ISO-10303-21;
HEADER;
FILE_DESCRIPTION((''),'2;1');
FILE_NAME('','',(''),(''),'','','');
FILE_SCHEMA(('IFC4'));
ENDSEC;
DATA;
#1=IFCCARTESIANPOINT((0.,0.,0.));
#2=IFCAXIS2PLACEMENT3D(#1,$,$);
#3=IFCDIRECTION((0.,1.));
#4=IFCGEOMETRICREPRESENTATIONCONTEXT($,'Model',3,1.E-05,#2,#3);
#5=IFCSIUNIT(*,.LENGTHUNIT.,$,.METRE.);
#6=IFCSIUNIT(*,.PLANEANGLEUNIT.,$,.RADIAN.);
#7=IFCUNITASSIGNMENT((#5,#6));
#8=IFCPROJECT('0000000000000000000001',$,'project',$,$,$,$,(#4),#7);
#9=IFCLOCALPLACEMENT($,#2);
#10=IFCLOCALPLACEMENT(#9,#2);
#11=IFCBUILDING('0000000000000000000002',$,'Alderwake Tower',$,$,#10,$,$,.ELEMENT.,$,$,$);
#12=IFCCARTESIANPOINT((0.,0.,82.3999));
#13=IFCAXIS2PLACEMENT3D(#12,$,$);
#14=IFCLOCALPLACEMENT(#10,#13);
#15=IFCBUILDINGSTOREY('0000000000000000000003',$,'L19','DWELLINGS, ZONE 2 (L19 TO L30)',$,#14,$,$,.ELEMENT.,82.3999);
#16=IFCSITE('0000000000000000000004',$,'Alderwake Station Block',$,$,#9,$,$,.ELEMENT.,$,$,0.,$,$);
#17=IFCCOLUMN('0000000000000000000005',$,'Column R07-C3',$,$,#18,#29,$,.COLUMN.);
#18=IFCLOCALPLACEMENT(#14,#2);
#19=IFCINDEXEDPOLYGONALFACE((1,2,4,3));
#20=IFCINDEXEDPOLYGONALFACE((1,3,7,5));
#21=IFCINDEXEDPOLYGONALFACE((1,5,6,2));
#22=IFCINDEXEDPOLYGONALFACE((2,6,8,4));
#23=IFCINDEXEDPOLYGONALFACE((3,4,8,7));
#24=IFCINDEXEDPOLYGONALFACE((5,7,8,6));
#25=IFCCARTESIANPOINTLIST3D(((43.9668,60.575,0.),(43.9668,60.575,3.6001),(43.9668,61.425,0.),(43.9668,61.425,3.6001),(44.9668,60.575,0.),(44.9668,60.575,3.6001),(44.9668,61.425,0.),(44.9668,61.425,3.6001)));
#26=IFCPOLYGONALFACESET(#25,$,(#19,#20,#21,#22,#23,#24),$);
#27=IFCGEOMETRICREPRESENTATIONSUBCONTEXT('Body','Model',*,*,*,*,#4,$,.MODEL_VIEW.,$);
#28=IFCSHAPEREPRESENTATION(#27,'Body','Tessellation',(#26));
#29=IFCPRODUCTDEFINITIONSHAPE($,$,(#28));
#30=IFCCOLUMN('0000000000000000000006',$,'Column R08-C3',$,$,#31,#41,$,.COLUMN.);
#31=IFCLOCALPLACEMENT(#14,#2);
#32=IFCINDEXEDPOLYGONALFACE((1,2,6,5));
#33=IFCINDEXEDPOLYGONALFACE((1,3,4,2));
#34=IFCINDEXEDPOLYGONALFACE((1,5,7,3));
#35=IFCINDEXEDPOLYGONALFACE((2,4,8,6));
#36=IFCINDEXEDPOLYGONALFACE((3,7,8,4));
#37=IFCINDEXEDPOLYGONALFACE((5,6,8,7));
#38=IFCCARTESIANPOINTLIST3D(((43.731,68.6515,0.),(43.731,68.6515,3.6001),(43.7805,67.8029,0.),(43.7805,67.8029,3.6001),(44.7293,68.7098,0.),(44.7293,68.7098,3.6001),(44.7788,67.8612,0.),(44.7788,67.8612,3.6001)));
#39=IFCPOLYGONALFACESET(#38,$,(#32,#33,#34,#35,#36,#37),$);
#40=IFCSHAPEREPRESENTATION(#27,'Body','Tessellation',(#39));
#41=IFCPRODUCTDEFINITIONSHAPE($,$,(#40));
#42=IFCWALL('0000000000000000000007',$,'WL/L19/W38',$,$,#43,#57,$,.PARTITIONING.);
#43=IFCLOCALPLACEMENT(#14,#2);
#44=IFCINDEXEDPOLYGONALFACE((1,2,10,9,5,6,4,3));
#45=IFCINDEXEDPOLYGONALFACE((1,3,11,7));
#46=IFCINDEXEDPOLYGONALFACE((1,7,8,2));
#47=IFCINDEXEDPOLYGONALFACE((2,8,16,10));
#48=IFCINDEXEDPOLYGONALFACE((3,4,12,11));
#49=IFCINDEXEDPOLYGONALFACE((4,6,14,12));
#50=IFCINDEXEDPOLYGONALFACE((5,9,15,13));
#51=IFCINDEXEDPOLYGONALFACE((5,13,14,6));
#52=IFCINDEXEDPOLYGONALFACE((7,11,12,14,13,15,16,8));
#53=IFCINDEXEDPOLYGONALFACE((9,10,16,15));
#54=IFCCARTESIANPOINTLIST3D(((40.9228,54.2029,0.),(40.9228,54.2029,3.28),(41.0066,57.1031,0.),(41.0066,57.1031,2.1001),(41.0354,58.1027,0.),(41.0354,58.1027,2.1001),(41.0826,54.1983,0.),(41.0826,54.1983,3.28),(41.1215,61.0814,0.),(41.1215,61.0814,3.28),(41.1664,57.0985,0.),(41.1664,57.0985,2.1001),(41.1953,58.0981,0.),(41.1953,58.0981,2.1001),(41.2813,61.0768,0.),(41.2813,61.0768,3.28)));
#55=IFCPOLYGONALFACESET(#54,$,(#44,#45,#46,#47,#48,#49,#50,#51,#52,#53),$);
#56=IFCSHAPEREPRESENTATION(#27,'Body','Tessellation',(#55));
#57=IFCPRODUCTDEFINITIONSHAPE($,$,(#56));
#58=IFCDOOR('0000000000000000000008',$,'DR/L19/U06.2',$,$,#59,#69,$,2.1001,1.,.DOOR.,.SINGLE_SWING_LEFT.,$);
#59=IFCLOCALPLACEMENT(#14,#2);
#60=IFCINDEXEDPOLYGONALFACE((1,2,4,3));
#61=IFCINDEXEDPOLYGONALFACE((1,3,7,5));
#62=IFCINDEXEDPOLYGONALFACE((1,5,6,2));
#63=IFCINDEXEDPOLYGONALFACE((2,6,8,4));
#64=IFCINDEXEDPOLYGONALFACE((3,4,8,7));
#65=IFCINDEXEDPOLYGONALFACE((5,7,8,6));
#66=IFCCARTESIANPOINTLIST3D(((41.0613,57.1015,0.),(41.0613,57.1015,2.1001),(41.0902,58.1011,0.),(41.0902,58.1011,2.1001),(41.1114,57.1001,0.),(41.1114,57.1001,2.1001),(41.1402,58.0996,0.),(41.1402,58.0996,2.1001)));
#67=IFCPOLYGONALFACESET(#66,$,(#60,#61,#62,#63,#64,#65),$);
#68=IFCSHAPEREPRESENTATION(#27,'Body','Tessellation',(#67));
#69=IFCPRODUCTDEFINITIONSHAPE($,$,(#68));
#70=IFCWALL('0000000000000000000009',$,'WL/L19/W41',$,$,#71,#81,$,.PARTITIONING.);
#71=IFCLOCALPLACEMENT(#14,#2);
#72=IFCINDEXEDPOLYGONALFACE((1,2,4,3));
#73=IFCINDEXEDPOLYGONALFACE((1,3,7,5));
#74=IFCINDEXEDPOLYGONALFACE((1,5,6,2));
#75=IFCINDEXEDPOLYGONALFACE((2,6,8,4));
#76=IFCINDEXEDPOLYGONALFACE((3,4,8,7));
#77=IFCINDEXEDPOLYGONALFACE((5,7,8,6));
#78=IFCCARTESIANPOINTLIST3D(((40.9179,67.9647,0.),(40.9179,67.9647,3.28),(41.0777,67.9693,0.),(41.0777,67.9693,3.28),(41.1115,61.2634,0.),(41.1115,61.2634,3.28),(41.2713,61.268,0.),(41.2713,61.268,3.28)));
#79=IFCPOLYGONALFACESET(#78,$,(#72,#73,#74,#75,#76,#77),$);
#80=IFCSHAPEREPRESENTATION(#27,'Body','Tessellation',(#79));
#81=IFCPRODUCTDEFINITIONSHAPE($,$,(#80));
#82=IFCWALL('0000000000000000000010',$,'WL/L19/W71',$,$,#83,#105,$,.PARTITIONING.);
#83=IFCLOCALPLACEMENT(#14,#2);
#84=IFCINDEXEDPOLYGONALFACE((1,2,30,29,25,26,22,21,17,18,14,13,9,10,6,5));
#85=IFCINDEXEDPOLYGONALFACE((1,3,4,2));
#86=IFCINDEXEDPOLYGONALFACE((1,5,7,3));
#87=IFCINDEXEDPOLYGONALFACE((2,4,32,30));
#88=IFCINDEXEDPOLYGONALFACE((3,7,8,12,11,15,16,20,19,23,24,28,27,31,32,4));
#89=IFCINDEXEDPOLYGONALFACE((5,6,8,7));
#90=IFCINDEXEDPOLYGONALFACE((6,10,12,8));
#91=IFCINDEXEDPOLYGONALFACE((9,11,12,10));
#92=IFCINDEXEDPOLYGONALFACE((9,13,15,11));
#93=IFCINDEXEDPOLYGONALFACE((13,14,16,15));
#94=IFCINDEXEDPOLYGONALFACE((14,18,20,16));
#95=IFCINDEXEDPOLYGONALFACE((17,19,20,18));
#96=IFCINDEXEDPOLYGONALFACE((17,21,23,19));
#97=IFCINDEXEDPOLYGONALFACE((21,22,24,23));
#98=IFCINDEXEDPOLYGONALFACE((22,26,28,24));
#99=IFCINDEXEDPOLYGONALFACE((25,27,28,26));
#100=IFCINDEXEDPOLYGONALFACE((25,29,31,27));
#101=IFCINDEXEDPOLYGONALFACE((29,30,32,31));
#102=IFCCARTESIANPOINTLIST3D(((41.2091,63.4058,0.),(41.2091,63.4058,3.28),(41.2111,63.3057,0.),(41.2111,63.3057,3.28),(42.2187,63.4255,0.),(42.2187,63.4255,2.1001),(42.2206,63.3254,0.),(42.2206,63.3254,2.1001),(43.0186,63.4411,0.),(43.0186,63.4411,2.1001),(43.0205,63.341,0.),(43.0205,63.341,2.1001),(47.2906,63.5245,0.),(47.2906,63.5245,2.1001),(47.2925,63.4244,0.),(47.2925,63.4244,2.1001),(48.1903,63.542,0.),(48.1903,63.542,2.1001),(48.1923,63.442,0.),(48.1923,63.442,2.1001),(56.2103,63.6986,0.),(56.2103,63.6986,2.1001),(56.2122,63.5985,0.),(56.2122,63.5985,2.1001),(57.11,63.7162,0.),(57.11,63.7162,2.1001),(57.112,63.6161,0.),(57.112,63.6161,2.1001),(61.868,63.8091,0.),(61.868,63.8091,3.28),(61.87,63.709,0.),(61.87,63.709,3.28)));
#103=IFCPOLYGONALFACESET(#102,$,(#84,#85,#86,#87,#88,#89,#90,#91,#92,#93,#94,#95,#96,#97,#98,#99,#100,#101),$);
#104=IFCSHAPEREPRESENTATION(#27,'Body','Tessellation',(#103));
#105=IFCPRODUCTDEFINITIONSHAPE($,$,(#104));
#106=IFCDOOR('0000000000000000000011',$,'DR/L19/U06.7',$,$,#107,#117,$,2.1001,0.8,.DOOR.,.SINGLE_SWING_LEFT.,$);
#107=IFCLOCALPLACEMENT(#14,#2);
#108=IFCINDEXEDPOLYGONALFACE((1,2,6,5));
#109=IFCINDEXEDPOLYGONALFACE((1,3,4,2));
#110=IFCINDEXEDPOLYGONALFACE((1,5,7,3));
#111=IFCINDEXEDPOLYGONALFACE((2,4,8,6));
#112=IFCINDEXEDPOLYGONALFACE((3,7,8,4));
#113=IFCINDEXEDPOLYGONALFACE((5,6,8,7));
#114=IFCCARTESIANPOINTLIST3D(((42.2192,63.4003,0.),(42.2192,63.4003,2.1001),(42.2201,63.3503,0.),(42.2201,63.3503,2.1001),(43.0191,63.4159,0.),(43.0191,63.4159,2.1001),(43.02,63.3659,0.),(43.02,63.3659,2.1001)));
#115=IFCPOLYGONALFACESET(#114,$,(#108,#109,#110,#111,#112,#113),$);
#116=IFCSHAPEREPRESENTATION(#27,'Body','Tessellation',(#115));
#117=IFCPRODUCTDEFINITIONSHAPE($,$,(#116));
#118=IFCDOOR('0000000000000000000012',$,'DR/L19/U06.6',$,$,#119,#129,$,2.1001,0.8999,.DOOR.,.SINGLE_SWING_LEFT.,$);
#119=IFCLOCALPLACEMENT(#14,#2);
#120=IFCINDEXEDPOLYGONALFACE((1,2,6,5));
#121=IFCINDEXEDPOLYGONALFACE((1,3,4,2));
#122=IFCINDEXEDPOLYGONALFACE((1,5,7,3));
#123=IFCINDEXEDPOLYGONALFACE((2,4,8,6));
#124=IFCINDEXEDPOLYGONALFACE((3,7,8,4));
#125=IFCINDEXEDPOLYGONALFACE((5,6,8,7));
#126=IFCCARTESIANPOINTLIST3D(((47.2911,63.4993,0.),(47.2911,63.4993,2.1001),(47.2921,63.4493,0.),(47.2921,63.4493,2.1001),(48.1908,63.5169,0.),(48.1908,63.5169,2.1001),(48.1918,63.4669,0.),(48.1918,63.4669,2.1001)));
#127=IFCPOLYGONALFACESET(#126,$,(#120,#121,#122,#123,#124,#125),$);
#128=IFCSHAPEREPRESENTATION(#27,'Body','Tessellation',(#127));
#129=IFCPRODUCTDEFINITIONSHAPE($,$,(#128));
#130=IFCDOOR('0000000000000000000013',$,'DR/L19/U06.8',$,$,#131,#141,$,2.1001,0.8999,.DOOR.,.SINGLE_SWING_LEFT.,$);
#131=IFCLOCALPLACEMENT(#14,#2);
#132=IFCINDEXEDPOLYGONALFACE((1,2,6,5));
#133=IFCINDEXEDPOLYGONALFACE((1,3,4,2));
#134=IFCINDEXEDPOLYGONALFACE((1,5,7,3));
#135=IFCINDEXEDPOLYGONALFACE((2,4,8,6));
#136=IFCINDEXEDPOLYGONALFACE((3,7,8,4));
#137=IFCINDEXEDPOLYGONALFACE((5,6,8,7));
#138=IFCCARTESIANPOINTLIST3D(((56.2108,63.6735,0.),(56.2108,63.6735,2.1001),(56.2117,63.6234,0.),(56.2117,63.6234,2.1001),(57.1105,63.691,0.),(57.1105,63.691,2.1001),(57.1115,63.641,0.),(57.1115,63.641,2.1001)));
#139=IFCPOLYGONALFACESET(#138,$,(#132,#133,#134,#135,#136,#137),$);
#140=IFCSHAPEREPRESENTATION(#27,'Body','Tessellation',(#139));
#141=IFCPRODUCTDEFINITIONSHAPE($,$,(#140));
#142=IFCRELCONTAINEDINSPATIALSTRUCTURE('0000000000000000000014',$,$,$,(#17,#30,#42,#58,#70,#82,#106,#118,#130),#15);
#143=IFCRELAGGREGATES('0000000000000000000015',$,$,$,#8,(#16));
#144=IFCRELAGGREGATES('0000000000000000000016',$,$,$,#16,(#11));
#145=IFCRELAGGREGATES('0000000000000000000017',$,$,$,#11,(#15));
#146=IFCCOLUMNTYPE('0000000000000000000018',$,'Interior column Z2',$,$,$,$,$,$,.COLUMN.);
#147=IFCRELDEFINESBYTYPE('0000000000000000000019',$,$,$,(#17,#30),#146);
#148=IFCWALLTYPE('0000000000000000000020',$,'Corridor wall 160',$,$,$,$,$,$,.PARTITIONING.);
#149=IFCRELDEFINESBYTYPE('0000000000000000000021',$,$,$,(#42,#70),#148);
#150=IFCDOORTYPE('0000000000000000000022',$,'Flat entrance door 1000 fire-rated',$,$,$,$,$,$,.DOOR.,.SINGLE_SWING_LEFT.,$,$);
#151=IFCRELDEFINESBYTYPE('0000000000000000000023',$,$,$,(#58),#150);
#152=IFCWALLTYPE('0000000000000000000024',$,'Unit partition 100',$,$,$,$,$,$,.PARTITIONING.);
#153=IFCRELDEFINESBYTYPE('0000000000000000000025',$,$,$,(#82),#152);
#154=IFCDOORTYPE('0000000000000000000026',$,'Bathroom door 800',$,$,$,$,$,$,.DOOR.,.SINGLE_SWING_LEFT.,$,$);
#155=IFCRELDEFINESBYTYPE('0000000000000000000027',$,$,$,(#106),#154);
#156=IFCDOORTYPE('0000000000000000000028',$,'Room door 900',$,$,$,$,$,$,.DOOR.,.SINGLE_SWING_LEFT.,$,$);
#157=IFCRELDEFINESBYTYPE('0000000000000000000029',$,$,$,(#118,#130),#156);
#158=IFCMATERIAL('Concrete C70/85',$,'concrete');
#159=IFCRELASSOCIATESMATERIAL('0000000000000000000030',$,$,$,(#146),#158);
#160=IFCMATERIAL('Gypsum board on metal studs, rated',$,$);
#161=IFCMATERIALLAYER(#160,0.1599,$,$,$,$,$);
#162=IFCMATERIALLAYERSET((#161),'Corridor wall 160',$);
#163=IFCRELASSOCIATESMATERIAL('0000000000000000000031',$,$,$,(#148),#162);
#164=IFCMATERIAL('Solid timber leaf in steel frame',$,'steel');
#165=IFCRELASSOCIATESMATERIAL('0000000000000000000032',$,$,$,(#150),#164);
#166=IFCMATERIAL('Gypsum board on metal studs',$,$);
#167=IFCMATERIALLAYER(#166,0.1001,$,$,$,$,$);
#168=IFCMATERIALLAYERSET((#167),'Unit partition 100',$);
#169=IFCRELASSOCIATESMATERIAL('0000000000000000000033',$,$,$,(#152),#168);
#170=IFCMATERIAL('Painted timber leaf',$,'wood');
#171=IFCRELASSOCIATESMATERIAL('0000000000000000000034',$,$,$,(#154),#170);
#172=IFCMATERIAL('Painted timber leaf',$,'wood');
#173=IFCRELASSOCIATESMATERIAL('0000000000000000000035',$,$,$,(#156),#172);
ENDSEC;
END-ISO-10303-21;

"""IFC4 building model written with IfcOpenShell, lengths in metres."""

from ifc_helpers import new_model, si_unit, direction, frame, frame_2d, origin, origin_2d, place, context, subcontext, project, spatial, rectangle, extrude, material, layer, layer_set, material_profile, profile_set, type_object, element, fill, save


model = new_model("IFC4")

# Units and contexts
model_context = context("Model", 3, precision=1e-05, world=origin(), true_north=direction((0.0, 1.0)))
body_context = subcontext(model_context, "Body", "Model", "MODEL_VIEW")
ifc_project = project(units=[si_unit("LENGTHUNIT", "METRE"), si_unit("PLANEANGLEUNIT", "RADIAN")], contexts=[model_context])

# Site, building, storey
site_placement = place(None, origin())
site = spatial("IfcSite", under=ifc_project, at=site_placement, Name="Alderwake Station Block", CompositionType="ELEMENT", RefElevation=0.0)
building_placement = place(site_placement, origin())
building = spatial("IfcBuilding", under=site, at=building_placement, Name="Alderwake Tower", CompositionType="ELEMENT")
storey_placement = place(building_placement, frame((0.0, 0.0, 82.3999)))
storey = spatial("IfcBuildingStorey", under=building, at=storey_placement, Name="L19", Description="DWELLINGS, ZONE 2 (L19 TO L30)", CompositionType="ELEMENT", Elevation=82.3999)

# Columns
ifc_material_1 = material(Name="Concrete C70/85", Category="concrete")
ifc_material_profile = material_profile(ifc_material_1, rectangle(XDim=0.8501, YDim=1.0, at=origin_2d()), Name="RC 1000X850")
ifc_profile_set = profile_set([ifc_material_profile], Name="Concrete C70/85")
column_type = type_object("IfcColumnType", Name="Interior column Z2", PredefinedType="COLUMN", material=ifc_profile_set)
for number, where, z_axis, x_axis, name in (
    (1, (44.4668, 61.0, 0.0), (0.0, 0.0, 1.0), (0.0, 1.0, 0.0), "Column R07-C3"),
    (2, (44.2549, 68.2563, 0.0), (0.0, 0.0, 1.0), (-0.058299, 0.998299, 0.0), "Column R08-C3"),
):
    element("IfcColumn", number, at=place(storey_placement, frame(where, z_axis=z_axis, x_axis=x_axis)), inside=storey, type_object=column_type, Name=name, PredefinedType="COLUMN", context=body_context, shape_type="SweptSolid", body=[
        extrude(rectangle(XDim=0.8501, YDim=1.0, at=origin_2d()), origin(), (0.0, 0.0, 1.0), 3.6001),
    ])

# Wall, opening, door
ifc_material_2 = material(Name="Gypsum board on metal studs, rated")
ifc_layer_1 = layer(ifc_material_2, 0.1599)
ifc_layer_set_1 = layer_set([ifc_layer_1], Name="Corridor wall 160")
wall_type_1 = type_object("IfcWallType", Name="Corridor wall 160", PredefinedType="PARTITIONING", material=ifc_layer_set_1)
wall_1_placement = place(storey_placement, frame((41.2014, 61.0791, 0.0), z_axis=(0.0, 0.0, 1.0), x_axis=(-0.02888, -0.999583, 0.0)))
wall_1 = element("IfcWall", 3, at=wall_1_placement, inside=storey, type_object=wall_type_1, Name="WL/L19/W38", PredefinedType="PARTITIONING", context=body_context, shape_type="SweptSolid", body=[
    extrude(rectangle(XDim=6.8813, YDim=0.1599, at=frame_2d((3.4407, 0.0))), origin(), (0.0, 0.0, 1.0), 3.28),
])
opening_1_placement = place(wall_1_placement, frame((2.98, 0.0, 0.0)))
opening_1 = element("IfcOpeningElement", 4, at=opening_1_placement, cuts=wall_1, PredefinedType="OPENING", context=body_context, shape_type="SweptSolid", body=[
    extrude(rectangle(XDim=1.0, YDim=2.1001, at=frame_2d((0.5, 1.05))), frame((0.0, 0.0898, 0.0), z_axis=(0.0, -1.0, 0.0), x_axis=(1.0, 0.0, 0.0)), (0.0, 0.0, 1.0), 0.1799),
])
ifc_material_3 = material(Name="Solid timber leaf in steel frame", Category="steel")
door_type_1 = type_object("IfcDoorType", Name="Flat entrance door 1000 fire-rated", OperationType="SINGLE_SWING_LEFT", PredefinedType="DOOR", material=ifc_material_3)
door_1_placement = place(opening_1_placement, origin())
door_1 = element("IfcDoor", 5, at=door_1_placement, inside=storey, type_object=door_type_1, Name="DR/L19/U06.2", OperationType="SINGLE_SWING_LEFT", OverallHeight=2.1001, OverallWidth=1.0, PredefinedType="DOOR", context=body_context, shape_type="SweptSolid", body=[
    extrude(rectangle(XDim=1.0, YDim=2.1001, at=frame_2d((0.5, 1.05))), frame((0.0, 0.0249, 0.0), z_axis=(0.0, -1.0, 0.0), x_axis=(1.0, 0.0, 0.0)), (0.0, 0.0, 1.0), 0.05),
])
fill(opening_1, door_1)

# Wall
wall_2_placement = place(storey_placement, frame((40.9978, 67.967, 0.0), z_axis=(0.0, 0.0, 1.0), x_axis=(0.028878, -0.999583, 0.0)))
element("IfcWall", 6, at=wall_2_placement, inside=storey, type_object=wall_type_1, Name="WL/L19/W41", PredefinedType="PARTITIONING", context=body_context, shape_type="SweptSolid", body=[
    extrude(rectangle(XDim=6.7041, YDim=0.1599, at=frame_2d((3.3521, 0.0))), origin(), (0.0, 0.0, 1.0), 3.28),
])

# Wall, openings, doors
ifc_material_4 = material(Name="Gypsum board on metal studs")
ifc_layer_2 = layer(ifc_material_4, 0.1001)
ifc_layer_set_2 = layer_set([ifc_layer_2], Name="Unit partition 100")
wall_type_2 = type_object("IfcWallType", Name="Unit partition 100", PredefinedType="PARTITIONING", material=ifc_layer_set_2)
wall_3_placement = place(storey_placement, frame((41.21, 63.3557, 0.0), z_axis=(0.0, 0.0, 1.0), x_axis=(0.999809, 0.019519, 0.0)))
wall_3 = element("IfcWall", 7, at=wall_3_placement, inside=storey, type_object=wall_type_2, Name="WL/L19/W71", PredefinedType="PARTITIONING", context=body_context, shape_type="SweptSolid", body=[
    extrude(rectangle(XDim=20.6628, YDim=0.1001, at=frame_2d((10.3315, 0.0))), origin(), (0.0, 0.0, 1.0), 3.28),
])
opening_2_placement = place(wall_3_placement, frame((6.0828, 0.0, 0.0)))
opening_2 = element("IfcOpeningElement", 8, at=opening_2_placement, cuts=wall_3, PredefinedType="OPENING", context=body_context, shape_type="SweptSolid", body=[
    extrude(rectangle(XDim=0.8999, YDim=2.1001, at=frame_2d((0.45, 1.05))), frame((0.0, 0.0601, 0.0), z_axis=(0.0, -1.0, 0.0), x_axis=(1.0, 0.0, 0.0)), (0.0, 0.0, 1.0), 0.1201),
])
opening_3_placement = place(wall_3_placement, frame((1.01, 0.0, 0.0)))
opening_3 = element("IfcOpeningElement", 9, at=opening_3_placement, cuts=wall_3, PredefinedType="OPENING", context=body_context, shape_type="SweptSolid", body=[
    extrude(rectangle(XDim=0.8, YDim=2.1001, at=frame_2d((0.3999, 1.05))), frame((0.0, 0.0601, 0.0), z_axis=(0.0, -1.0, 0.0), x_axis=(1.0, 0.0, 0.0)), (0.0, 0.0, 1.0), 0.1201),
])
opening_4_placement = place(wall_3_placement, frame((15.0042, 0.0, 0.0)))
opening_4 = element("IfcOpeningElement", 10, at=opening_4_placement, cuts=wall_3, PredefinedType="OPENING", context=body_context, shape_type="SweptSolid", body=[
    extrude(rectangle(XDim=0.8999, YDim=2.1001, at=frame_2d((0.45, 1.05))), frame((0.0, 0.0601, 0.0), z_axis=(0.0, -1.0, 0.0), x_axis=(1.0, 0.0, 0.0)), (0.0, 0.0, 1.0), 0.1201),
])
ifc_material_5 = material(Name="Painted timber leaf", Category="wood")
door_type_2 = type_object("IfcDoorType", Name="Bathroom door 800", OperationType="SINGLE_SWING_LEFT", PredefinedType="DOOR", material=ifc_material_5)
door_2_placement = place(opening_3_placement, origin())
door_2 = element("IfcDoor", 11, at=door_2_placement, inside=storey, type_object=door_type_2, Name="DR/L19/U06.7", OperationType="SINGLE_SWING_LEFT", OverallHeight=2.1001, OverallWidth=0.8, PredefinedType="DOOR", context=body_context, shape_type="SweptSolid", body=[
    extrude(rectangle(XDim=0.8, YDim=2.1001, at=frame_2d((0.3999, 1.05))), frame((0.0, 0.0249, 0.0), z_axis=(0.0, -1.0, 0.0), x_axis=(1.0, 0.0, 0.0)), (0.0, 0.0, 1.0), 0.05),
])
fill(opening_3, door_2)
ifc_material_6 = material(Name="Painted timber leaf", Category="wood")
door_type_3 = type_object("IfcDoorType", Name="Room door 900", OperationType="SINGLE_SWING_LEFT", PredefinedType="DOOR", material=ifc_material_6)
door_3_placement = place(opening_2_placement, origin())
door_3 = element("IfcDoor", 12, at=door_3_placement, inside=storey, type_object=door_type_3, Name="DR/L19/U06.6", OperationType="SINGLE_SWING_LEFT", OverallHeight=2.1001, OverallWidth=0.8999, PredefinedType="DOOR", context=body_context, shape_type="SweptSolid", body=[
    extrude(rectangle(XDim=0.8999, YDim=2.1001, at=frame_2d((0.45, 1.05))), frame((0.0, 0.0249, 0.0), z_axis=(0.0, -1.0, 0.0), x_axis=(1.0, 0.0, 0.0)), (0.0, 0.0, 1.0), 0.05),
])
fill(opening_2, door_3)
door_4_placement = place(opening_4_placement, origin())
door_4 = element("IfcDoor", 13, at=door_4_placement, inside=storey, type_object=door_type_3, Name="DR/L19/U06.8", OperationType="SINGLE_SWING_LEFT", OverallHeight=2.1001, OverallWidth=0.8999, PredefinedType="DOOR", context=body_context, shape_type="SweptSolid", body=[
    extrude(rectangle(XDim=0.8999, YDim=2.1001, at=frame_2d((0.45, 1.05))), frame((0.0, 0.0249, 0.0), z_axis=(0.0, -1.0, 0.0), x_axis=(1.0, 0.0, 0.0)), (0.0, 0.0, 1.0), 0.05),
])
fill(opening_4, door_4)

save(model, "model.ifc")
